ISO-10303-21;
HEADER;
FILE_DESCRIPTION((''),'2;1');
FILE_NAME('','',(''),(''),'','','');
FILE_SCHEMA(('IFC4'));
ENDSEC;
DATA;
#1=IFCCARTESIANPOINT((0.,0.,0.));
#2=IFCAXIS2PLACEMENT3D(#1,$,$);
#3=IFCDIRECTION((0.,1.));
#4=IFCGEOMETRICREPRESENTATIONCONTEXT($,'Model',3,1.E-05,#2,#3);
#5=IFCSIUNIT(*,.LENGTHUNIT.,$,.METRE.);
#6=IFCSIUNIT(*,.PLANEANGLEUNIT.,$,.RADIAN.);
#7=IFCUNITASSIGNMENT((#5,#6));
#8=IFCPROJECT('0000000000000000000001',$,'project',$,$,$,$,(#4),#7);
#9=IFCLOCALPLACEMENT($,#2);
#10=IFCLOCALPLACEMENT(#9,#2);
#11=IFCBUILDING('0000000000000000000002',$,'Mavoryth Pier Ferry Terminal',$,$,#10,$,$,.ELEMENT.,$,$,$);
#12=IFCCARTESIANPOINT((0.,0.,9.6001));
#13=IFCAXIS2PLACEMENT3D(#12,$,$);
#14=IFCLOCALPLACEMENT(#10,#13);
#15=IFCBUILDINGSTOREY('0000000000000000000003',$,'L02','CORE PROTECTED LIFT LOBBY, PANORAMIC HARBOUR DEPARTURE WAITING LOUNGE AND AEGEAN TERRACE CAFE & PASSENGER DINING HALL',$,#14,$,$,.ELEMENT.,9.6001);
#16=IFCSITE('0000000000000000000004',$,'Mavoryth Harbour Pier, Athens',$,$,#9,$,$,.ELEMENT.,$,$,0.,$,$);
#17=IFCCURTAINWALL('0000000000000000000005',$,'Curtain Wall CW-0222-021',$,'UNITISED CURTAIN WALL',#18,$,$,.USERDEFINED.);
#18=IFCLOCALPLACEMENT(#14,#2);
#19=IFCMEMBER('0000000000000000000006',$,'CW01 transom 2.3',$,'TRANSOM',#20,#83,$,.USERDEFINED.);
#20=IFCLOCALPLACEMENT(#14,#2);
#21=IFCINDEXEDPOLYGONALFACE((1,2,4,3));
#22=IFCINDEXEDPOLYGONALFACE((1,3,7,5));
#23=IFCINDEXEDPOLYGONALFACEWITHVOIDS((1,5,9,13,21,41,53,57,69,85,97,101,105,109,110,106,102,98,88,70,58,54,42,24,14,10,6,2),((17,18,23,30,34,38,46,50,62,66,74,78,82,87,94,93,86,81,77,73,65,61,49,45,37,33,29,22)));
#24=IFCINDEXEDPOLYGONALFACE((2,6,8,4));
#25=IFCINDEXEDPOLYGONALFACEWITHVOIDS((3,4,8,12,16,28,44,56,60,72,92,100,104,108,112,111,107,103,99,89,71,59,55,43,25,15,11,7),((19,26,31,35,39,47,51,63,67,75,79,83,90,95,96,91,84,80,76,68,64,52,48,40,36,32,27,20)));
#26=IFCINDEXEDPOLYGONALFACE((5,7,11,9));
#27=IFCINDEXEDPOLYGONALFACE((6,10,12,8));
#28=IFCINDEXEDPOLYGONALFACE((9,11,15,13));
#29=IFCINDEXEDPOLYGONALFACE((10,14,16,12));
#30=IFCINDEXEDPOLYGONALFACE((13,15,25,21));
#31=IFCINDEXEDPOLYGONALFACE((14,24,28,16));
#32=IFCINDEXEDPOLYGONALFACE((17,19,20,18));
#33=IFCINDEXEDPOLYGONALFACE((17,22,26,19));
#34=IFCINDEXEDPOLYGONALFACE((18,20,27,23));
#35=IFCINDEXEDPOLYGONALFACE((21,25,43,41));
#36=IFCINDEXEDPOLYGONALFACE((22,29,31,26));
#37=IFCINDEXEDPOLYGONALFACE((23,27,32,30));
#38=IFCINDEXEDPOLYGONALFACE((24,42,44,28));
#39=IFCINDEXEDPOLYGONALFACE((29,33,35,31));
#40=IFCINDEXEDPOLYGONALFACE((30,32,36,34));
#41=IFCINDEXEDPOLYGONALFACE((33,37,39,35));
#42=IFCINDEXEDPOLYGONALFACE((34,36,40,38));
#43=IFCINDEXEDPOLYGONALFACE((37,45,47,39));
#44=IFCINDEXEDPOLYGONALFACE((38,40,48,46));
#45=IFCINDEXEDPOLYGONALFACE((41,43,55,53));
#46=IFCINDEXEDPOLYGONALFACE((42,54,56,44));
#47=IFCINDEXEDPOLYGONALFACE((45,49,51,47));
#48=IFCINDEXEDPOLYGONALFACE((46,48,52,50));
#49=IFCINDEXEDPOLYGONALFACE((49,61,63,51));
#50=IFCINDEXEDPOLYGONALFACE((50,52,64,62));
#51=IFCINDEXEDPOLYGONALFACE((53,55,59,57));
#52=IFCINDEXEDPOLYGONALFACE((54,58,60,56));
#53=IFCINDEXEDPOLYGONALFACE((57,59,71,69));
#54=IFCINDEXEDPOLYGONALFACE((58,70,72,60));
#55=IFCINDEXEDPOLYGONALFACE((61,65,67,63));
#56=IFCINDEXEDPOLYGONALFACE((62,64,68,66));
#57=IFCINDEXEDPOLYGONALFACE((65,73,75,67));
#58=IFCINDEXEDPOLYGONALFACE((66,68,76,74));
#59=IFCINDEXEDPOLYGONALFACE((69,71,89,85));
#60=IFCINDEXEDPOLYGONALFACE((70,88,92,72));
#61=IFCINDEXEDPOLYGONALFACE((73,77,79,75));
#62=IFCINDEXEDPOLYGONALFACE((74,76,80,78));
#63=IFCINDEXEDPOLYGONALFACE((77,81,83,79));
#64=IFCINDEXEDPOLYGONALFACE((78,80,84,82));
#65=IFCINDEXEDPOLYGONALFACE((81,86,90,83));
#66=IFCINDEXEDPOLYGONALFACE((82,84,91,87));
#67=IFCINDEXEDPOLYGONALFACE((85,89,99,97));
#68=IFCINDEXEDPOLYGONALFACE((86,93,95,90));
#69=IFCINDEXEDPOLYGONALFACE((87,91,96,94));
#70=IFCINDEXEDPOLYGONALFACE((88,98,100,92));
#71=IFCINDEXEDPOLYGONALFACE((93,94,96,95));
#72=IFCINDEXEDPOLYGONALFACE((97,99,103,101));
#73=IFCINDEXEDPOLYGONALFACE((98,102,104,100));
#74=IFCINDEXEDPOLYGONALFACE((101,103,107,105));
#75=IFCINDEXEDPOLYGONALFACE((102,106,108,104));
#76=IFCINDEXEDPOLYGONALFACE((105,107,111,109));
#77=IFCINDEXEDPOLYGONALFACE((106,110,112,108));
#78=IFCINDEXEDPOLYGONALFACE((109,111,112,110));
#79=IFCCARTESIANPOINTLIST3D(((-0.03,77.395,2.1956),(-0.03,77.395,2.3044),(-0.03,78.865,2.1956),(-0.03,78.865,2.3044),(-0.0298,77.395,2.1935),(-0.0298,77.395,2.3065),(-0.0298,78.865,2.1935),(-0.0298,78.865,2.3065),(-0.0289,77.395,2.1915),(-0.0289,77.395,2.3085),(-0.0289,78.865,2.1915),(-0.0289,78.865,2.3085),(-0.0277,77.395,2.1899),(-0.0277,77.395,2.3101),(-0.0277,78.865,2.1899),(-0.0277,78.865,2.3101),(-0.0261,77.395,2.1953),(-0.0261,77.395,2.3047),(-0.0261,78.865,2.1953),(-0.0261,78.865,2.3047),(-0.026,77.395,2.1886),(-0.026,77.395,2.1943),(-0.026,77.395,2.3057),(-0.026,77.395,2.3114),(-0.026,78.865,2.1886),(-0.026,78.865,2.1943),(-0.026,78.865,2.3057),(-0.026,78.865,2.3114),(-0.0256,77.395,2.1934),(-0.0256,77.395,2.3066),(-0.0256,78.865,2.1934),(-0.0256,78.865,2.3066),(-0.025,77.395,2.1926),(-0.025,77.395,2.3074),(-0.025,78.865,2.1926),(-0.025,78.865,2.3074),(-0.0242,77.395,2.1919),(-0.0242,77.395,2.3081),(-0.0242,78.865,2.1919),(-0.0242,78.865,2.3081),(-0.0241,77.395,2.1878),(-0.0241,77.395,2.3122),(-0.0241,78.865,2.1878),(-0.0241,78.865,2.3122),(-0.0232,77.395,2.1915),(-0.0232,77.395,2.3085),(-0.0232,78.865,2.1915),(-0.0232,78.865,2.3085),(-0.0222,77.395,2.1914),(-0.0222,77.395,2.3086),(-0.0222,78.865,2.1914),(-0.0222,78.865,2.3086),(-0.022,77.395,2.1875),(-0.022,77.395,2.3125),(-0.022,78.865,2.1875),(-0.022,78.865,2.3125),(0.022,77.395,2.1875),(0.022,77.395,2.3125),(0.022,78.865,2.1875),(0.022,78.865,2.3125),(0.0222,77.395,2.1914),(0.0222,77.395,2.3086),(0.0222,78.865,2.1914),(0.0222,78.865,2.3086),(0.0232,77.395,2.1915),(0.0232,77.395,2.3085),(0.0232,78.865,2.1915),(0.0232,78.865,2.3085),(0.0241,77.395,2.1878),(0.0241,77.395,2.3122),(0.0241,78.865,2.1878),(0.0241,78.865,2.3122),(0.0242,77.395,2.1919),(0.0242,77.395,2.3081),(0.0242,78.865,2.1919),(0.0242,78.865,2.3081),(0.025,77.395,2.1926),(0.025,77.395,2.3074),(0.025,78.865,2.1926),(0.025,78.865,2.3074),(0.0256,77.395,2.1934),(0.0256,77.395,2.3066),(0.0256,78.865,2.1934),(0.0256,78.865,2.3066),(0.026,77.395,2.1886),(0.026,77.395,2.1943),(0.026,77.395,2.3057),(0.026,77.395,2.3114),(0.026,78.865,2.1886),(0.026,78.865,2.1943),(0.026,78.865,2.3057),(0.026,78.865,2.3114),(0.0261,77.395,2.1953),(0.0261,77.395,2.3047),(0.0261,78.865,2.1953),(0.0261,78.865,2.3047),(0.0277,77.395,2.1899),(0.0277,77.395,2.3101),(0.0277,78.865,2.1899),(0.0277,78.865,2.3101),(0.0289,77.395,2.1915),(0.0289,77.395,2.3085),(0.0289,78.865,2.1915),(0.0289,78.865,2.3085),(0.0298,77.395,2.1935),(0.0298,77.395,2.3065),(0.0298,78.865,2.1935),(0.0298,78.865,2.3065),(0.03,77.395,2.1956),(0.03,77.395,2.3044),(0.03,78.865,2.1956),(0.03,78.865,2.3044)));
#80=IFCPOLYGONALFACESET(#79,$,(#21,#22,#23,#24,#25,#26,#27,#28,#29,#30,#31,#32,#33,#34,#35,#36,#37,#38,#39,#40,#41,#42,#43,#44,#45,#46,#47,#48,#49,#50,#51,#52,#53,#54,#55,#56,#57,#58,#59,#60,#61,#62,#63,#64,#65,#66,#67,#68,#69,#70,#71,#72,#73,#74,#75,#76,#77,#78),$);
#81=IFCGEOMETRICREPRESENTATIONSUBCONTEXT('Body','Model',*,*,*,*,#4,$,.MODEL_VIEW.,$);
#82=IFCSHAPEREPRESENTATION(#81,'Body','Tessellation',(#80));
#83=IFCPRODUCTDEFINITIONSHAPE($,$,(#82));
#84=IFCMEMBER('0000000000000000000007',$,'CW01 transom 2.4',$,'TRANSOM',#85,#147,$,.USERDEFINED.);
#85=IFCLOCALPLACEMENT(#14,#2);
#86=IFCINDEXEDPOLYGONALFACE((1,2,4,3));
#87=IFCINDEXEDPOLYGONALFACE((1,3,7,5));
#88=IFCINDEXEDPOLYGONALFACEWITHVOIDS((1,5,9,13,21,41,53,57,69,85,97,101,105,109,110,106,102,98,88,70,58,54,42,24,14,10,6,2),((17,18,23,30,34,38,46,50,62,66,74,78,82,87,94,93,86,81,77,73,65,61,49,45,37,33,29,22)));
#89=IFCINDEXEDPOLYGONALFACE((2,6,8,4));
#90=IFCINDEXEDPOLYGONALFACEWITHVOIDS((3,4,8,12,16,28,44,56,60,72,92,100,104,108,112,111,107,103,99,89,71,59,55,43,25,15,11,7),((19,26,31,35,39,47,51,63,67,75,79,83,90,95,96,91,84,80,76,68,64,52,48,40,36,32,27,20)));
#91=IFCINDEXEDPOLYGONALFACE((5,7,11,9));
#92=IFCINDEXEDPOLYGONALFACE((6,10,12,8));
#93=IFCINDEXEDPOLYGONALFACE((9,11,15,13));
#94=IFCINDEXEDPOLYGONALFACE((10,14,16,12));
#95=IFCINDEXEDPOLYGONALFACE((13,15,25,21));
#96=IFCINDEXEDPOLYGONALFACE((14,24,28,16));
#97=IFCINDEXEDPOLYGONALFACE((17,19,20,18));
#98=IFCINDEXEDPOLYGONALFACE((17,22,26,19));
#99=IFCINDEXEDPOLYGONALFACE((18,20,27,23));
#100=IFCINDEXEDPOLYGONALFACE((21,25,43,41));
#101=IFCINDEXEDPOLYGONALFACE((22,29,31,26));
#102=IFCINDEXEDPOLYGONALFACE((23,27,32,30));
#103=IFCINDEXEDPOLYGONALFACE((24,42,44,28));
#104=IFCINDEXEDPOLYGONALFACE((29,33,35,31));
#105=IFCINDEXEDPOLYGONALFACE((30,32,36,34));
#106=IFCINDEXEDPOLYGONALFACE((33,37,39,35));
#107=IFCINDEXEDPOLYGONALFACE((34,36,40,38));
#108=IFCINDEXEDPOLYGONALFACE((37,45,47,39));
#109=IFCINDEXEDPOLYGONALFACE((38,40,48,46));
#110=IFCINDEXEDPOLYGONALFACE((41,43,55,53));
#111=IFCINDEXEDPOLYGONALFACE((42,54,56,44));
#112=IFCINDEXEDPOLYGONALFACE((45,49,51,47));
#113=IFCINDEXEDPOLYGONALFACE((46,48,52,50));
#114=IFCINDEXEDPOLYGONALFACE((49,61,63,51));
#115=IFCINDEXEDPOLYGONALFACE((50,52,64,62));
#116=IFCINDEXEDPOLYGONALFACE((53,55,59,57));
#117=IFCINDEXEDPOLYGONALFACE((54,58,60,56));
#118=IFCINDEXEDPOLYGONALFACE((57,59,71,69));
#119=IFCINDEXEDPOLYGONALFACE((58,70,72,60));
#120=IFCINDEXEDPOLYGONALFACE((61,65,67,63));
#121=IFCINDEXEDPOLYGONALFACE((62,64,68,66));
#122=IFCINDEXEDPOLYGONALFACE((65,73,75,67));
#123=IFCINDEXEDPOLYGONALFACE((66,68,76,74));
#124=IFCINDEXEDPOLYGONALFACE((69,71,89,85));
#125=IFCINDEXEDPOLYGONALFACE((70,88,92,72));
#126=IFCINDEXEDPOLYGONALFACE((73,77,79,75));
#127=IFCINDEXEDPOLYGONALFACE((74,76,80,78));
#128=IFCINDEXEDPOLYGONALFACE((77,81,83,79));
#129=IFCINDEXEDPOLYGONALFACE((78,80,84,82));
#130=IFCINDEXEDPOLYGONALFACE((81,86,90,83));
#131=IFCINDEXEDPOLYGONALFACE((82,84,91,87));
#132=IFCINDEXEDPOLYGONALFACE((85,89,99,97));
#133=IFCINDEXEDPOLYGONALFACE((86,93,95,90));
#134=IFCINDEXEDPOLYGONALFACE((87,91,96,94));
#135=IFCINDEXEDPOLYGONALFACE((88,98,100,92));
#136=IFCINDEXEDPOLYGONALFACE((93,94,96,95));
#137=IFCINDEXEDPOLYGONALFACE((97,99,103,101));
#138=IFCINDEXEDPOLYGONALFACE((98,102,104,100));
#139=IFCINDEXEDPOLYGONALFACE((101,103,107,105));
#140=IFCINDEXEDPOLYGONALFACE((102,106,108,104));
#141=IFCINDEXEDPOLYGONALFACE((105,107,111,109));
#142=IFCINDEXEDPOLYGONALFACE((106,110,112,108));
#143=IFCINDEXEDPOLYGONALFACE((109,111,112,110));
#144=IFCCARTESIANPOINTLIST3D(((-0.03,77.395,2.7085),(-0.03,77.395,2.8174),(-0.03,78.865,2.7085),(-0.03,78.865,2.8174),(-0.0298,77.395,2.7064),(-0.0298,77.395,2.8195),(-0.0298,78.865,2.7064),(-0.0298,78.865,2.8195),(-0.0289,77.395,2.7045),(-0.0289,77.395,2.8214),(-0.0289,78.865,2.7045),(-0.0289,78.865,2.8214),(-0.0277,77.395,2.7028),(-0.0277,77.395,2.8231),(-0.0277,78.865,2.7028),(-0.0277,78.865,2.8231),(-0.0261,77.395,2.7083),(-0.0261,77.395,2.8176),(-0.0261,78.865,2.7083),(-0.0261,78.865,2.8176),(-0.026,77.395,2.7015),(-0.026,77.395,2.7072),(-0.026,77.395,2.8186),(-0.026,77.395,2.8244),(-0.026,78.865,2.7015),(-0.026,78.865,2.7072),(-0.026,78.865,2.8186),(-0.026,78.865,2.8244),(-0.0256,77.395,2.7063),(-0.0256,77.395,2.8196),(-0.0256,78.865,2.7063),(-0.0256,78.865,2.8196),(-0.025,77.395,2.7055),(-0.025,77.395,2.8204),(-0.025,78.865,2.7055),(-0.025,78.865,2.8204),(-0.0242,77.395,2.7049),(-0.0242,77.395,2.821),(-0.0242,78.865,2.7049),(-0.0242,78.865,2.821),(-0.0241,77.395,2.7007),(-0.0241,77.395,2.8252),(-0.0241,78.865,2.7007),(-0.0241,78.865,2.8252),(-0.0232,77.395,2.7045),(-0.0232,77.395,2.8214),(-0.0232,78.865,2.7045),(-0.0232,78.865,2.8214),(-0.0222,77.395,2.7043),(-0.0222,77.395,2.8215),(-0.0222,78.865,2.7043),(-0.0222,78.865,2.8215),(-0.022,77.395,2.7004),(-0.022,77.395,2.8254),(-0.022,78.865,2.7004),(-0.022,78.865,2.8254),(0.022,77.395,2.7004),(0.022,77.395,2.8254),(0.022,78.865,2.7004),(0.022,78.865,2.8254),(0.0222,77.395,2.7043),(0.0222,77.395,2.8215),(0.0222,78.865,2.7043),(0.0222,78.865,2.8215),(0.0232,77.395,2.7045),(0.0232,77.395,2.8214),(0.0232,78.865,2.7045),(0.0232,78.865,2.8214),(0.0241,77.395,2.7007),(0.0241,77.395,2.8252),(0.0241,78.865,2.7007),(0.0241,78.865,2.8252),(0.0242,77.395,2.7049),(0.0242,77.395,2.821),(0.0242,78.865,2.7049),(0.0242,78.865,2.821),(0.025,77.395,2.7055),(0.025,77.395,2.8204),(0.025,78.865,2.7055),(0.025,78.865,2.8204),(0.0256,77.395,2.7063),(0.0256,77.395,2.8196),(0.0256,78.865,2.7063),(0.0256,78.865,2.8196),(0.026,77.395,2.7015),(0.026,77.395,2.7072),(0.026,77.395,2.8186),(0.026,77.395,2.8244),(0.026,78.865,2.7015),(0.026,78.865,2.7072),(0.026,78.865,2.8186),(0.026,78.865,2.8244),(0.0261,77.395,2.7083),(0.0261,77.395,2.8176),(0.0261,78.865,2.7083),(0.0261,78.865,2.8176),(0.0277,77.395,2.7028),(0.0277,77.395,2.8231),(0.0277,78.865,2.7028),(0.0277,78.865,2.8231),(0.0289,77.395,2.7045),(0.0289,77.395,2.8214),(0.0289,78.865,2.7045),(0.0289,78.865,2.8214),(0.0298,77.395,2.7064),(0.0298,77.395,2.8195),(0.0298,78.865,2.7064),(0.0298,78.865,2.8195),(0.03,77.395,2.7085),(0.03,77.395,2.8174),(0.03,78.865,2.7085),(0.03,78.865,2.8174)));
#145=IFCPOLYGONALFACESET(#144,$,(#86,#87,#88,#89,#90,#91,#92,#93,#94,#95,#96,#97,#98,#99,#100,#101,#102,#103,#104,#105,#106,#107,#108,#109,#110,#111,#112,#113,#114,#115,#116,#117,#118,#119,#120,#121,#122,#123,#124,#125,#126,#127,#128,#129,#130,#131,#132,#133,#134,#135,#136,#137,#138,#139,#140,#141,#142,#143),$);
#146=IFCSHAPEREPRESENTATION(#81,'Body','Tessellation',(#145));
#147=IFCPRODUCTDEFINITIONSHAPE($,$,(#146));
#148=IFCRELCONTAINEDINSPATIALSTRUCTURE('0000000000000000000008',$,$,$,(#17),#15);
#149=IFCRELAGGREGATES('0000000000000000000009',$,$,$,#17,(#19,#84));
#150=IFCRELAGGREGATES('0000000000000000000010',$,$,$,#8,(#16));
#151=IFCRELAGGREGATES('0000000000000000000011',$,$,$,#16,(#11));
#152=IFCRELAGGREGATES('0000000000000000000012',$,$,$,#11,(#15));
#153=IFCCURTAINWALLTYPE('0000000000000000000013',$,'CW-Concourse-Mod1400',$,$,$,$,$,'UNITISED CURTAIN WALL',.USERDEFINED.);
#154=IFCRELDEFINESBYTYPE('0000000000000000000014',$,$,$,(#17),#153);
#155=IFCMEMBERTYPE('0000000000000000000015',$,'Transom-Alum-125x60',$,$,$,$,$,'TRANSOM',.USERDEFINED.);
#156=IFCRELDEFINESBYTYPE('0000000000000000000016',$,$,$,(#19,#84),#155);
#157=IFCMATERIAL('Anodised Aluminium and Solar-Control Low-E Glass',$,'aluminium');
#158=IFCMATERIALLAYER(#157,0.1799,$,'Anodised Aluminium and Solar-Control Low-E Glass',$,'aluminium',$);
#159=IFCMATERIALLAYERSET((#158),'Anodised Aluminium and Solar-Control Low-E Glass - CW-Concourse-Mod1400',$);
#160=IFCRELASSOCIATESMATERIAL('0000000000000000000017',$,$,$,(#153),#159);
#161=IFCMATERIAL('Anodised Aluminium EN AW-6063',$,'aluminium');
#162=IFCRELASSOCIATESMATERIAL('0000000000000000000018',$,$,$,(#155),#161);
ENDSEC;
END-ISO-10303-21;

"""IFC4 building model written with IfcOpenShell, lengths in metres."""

from ifc_helpers import new_model, si_unit, direction, frame, origin, origin_2d, place, context, subcontext, project, spatial, hollow_rectangle, extrude, material, layer, layer_set, material_profile, profile_set, type_object, element, aggregate, save


model = new_model("IFC4")

# Units and contexts
model_context = context("Model", 3, precision=1e-05, world=origin(), true_north=direction((0.0, 1.0)))
body_context = subcontext(model_context, "Body", "Model", "MODEL_VIEW")
ifc_project = project(units=[si_unit("LENGTHUNIT", "METRE"), si_unit("PLANEANGLEUNIT", "RADIAN")], contexts=[model_context])

# Site, building, storey
site_placement = place(None, origin())
site = spatial("IfcSite", under=ifc_project, at=site_placement, Name="Mavoryth Harbour Pier, Athens", CompositionType="ELEMENT", RefElevation=0.0)
building_placement = place(site_placement, origin())
building = spatial("IfcBuilding", under=site, at=building_placement, Name="Mavoryth Pier Ferry Terminal", CompositionType="ELEMENT")
storey_placement = place(building_placement, frame((0.0, 0.0, 9.6001)))
storey = spatial("IfcBuildingStorey", under=building, at=storey_placement, Name="L02", Description="CORE PROTECTED LIFT LOBBY, PANORAMIC HARBOUR DEPARTURE WAITING LOUNGE AND AEGEAN TERRACE CAFE & PASSENGER DINING HALL", CompositionType="ELEMENT", Elevation=9.6001)

# Curtain wall
ifc_material_1 = material(Name="Anodised Aluminium and Solar-Control Low-E Glass", Category="aluminium")
ifc_layer_1 = layer(ifc_material_1, 0.1799, Name="Anodised Aluminium and Solar-Control Low-E Glass", Category="aluminium")
ifc_layer_set_1 = layer_set([ifc_layer_1], Name="Anodised Aluminium and Solar-Control Low-E Glass - CW-Concourse-Mod1400")
curtain_wall_type = type_object("IfcCurtainWallType", Name="CW-Concourse-Mod1400", ElementType="UNITISED CURTAIN WALL", PredefinedType="USERDEFINED", material=ifc_layer_set_1)
curtain_wall_placement = place(storey_placement, origin())
curtain_wall = element("IfcCurtainWall", 1, at=curtain_wall_placement, inside=storey, type_object=curtain_wall_type, Name="Curtain Wall CW-0222-021", ObjectType="UNITISED CURTAIN WALL", PredefinedType="USERDEFINED")
ifc_material_2 = material(Name="Anodised Aluminium EN AW-6063", Category="aluminium")

# Members
ifc_material_profile_1 = material_profile(ifc_material_2, hollow_rectangle(XDim=0.0601, YDim=0.125, WallThickness=0.0039, InnerFilletRadius=0.0039, OuterFilletRadius=0.0081, at=origin_2d()), Name="AL-TRAN 125x60x4", Category="aluminium")
ifc_profile_set_1 = profile_set([ifc_material_profile_1], Name="Anodised Aluminium EN AW-6063 - AL-TRAN 125x60x4")
member_type_1 = type_object("IfcMemberType", Name="Transom-Alum-125x60", ElementType="TRANSOM", PredefinedType="USERDEFINED", material=ifc_profile_set_1)
member_1_placement = place(storey_placement, frame((0.0, 78.865, 2.25), z_axis=(0.0, -1.0, 0.0), x_axis=(1.0, 0.0, 0.0)))
member_1 = element("IfcMember", 2, at=member_1_placement, type_object=member_type_1, Name="CW01 transom 2.3", ObjectType="TRANSOM", PredefinedType="USERDEFINED", context=body_context, shape_type="SweptSolid", body=[
    extrude(hollow_rectangle(XDim=0.0601, YDim=0.125, WallThickness=0.0039, InnerFilletRadius=0.0039, OuterFilletRadius=0.0081, at=origin_2d()), origin(), (0.0, 0.0, 1.0), 1.47),
])
member_2_placement = place(storey_placement, frame((0.0, 78.865, 2.7629), z_axis=(0.0, -1.0, 0.0), x_axis=(1.0, 0.0, 0.0)))
member_2 = element("IfcMember", 3, at=member_2_placement, type_object=member_type_1, Name="CW01 transom 2.4", ObjectType="TRANSOM", PredefinedType="USERDEFINED", context=body_context, shape_type="SweptSolid", body=[
    extrude(hollow_rectangle(XDim=0.0601, YDim=0.125, WallThickness=0.0039, InnerFilletRadius=0.0039, OuterFilletRadius=0.0081, at=origin_2d()), origin(), (0.0, 0.0, 1.0), 1.47),
])

aggregate(curtain_wall, [member_1, member_2])

save(model, "model.ifc")
